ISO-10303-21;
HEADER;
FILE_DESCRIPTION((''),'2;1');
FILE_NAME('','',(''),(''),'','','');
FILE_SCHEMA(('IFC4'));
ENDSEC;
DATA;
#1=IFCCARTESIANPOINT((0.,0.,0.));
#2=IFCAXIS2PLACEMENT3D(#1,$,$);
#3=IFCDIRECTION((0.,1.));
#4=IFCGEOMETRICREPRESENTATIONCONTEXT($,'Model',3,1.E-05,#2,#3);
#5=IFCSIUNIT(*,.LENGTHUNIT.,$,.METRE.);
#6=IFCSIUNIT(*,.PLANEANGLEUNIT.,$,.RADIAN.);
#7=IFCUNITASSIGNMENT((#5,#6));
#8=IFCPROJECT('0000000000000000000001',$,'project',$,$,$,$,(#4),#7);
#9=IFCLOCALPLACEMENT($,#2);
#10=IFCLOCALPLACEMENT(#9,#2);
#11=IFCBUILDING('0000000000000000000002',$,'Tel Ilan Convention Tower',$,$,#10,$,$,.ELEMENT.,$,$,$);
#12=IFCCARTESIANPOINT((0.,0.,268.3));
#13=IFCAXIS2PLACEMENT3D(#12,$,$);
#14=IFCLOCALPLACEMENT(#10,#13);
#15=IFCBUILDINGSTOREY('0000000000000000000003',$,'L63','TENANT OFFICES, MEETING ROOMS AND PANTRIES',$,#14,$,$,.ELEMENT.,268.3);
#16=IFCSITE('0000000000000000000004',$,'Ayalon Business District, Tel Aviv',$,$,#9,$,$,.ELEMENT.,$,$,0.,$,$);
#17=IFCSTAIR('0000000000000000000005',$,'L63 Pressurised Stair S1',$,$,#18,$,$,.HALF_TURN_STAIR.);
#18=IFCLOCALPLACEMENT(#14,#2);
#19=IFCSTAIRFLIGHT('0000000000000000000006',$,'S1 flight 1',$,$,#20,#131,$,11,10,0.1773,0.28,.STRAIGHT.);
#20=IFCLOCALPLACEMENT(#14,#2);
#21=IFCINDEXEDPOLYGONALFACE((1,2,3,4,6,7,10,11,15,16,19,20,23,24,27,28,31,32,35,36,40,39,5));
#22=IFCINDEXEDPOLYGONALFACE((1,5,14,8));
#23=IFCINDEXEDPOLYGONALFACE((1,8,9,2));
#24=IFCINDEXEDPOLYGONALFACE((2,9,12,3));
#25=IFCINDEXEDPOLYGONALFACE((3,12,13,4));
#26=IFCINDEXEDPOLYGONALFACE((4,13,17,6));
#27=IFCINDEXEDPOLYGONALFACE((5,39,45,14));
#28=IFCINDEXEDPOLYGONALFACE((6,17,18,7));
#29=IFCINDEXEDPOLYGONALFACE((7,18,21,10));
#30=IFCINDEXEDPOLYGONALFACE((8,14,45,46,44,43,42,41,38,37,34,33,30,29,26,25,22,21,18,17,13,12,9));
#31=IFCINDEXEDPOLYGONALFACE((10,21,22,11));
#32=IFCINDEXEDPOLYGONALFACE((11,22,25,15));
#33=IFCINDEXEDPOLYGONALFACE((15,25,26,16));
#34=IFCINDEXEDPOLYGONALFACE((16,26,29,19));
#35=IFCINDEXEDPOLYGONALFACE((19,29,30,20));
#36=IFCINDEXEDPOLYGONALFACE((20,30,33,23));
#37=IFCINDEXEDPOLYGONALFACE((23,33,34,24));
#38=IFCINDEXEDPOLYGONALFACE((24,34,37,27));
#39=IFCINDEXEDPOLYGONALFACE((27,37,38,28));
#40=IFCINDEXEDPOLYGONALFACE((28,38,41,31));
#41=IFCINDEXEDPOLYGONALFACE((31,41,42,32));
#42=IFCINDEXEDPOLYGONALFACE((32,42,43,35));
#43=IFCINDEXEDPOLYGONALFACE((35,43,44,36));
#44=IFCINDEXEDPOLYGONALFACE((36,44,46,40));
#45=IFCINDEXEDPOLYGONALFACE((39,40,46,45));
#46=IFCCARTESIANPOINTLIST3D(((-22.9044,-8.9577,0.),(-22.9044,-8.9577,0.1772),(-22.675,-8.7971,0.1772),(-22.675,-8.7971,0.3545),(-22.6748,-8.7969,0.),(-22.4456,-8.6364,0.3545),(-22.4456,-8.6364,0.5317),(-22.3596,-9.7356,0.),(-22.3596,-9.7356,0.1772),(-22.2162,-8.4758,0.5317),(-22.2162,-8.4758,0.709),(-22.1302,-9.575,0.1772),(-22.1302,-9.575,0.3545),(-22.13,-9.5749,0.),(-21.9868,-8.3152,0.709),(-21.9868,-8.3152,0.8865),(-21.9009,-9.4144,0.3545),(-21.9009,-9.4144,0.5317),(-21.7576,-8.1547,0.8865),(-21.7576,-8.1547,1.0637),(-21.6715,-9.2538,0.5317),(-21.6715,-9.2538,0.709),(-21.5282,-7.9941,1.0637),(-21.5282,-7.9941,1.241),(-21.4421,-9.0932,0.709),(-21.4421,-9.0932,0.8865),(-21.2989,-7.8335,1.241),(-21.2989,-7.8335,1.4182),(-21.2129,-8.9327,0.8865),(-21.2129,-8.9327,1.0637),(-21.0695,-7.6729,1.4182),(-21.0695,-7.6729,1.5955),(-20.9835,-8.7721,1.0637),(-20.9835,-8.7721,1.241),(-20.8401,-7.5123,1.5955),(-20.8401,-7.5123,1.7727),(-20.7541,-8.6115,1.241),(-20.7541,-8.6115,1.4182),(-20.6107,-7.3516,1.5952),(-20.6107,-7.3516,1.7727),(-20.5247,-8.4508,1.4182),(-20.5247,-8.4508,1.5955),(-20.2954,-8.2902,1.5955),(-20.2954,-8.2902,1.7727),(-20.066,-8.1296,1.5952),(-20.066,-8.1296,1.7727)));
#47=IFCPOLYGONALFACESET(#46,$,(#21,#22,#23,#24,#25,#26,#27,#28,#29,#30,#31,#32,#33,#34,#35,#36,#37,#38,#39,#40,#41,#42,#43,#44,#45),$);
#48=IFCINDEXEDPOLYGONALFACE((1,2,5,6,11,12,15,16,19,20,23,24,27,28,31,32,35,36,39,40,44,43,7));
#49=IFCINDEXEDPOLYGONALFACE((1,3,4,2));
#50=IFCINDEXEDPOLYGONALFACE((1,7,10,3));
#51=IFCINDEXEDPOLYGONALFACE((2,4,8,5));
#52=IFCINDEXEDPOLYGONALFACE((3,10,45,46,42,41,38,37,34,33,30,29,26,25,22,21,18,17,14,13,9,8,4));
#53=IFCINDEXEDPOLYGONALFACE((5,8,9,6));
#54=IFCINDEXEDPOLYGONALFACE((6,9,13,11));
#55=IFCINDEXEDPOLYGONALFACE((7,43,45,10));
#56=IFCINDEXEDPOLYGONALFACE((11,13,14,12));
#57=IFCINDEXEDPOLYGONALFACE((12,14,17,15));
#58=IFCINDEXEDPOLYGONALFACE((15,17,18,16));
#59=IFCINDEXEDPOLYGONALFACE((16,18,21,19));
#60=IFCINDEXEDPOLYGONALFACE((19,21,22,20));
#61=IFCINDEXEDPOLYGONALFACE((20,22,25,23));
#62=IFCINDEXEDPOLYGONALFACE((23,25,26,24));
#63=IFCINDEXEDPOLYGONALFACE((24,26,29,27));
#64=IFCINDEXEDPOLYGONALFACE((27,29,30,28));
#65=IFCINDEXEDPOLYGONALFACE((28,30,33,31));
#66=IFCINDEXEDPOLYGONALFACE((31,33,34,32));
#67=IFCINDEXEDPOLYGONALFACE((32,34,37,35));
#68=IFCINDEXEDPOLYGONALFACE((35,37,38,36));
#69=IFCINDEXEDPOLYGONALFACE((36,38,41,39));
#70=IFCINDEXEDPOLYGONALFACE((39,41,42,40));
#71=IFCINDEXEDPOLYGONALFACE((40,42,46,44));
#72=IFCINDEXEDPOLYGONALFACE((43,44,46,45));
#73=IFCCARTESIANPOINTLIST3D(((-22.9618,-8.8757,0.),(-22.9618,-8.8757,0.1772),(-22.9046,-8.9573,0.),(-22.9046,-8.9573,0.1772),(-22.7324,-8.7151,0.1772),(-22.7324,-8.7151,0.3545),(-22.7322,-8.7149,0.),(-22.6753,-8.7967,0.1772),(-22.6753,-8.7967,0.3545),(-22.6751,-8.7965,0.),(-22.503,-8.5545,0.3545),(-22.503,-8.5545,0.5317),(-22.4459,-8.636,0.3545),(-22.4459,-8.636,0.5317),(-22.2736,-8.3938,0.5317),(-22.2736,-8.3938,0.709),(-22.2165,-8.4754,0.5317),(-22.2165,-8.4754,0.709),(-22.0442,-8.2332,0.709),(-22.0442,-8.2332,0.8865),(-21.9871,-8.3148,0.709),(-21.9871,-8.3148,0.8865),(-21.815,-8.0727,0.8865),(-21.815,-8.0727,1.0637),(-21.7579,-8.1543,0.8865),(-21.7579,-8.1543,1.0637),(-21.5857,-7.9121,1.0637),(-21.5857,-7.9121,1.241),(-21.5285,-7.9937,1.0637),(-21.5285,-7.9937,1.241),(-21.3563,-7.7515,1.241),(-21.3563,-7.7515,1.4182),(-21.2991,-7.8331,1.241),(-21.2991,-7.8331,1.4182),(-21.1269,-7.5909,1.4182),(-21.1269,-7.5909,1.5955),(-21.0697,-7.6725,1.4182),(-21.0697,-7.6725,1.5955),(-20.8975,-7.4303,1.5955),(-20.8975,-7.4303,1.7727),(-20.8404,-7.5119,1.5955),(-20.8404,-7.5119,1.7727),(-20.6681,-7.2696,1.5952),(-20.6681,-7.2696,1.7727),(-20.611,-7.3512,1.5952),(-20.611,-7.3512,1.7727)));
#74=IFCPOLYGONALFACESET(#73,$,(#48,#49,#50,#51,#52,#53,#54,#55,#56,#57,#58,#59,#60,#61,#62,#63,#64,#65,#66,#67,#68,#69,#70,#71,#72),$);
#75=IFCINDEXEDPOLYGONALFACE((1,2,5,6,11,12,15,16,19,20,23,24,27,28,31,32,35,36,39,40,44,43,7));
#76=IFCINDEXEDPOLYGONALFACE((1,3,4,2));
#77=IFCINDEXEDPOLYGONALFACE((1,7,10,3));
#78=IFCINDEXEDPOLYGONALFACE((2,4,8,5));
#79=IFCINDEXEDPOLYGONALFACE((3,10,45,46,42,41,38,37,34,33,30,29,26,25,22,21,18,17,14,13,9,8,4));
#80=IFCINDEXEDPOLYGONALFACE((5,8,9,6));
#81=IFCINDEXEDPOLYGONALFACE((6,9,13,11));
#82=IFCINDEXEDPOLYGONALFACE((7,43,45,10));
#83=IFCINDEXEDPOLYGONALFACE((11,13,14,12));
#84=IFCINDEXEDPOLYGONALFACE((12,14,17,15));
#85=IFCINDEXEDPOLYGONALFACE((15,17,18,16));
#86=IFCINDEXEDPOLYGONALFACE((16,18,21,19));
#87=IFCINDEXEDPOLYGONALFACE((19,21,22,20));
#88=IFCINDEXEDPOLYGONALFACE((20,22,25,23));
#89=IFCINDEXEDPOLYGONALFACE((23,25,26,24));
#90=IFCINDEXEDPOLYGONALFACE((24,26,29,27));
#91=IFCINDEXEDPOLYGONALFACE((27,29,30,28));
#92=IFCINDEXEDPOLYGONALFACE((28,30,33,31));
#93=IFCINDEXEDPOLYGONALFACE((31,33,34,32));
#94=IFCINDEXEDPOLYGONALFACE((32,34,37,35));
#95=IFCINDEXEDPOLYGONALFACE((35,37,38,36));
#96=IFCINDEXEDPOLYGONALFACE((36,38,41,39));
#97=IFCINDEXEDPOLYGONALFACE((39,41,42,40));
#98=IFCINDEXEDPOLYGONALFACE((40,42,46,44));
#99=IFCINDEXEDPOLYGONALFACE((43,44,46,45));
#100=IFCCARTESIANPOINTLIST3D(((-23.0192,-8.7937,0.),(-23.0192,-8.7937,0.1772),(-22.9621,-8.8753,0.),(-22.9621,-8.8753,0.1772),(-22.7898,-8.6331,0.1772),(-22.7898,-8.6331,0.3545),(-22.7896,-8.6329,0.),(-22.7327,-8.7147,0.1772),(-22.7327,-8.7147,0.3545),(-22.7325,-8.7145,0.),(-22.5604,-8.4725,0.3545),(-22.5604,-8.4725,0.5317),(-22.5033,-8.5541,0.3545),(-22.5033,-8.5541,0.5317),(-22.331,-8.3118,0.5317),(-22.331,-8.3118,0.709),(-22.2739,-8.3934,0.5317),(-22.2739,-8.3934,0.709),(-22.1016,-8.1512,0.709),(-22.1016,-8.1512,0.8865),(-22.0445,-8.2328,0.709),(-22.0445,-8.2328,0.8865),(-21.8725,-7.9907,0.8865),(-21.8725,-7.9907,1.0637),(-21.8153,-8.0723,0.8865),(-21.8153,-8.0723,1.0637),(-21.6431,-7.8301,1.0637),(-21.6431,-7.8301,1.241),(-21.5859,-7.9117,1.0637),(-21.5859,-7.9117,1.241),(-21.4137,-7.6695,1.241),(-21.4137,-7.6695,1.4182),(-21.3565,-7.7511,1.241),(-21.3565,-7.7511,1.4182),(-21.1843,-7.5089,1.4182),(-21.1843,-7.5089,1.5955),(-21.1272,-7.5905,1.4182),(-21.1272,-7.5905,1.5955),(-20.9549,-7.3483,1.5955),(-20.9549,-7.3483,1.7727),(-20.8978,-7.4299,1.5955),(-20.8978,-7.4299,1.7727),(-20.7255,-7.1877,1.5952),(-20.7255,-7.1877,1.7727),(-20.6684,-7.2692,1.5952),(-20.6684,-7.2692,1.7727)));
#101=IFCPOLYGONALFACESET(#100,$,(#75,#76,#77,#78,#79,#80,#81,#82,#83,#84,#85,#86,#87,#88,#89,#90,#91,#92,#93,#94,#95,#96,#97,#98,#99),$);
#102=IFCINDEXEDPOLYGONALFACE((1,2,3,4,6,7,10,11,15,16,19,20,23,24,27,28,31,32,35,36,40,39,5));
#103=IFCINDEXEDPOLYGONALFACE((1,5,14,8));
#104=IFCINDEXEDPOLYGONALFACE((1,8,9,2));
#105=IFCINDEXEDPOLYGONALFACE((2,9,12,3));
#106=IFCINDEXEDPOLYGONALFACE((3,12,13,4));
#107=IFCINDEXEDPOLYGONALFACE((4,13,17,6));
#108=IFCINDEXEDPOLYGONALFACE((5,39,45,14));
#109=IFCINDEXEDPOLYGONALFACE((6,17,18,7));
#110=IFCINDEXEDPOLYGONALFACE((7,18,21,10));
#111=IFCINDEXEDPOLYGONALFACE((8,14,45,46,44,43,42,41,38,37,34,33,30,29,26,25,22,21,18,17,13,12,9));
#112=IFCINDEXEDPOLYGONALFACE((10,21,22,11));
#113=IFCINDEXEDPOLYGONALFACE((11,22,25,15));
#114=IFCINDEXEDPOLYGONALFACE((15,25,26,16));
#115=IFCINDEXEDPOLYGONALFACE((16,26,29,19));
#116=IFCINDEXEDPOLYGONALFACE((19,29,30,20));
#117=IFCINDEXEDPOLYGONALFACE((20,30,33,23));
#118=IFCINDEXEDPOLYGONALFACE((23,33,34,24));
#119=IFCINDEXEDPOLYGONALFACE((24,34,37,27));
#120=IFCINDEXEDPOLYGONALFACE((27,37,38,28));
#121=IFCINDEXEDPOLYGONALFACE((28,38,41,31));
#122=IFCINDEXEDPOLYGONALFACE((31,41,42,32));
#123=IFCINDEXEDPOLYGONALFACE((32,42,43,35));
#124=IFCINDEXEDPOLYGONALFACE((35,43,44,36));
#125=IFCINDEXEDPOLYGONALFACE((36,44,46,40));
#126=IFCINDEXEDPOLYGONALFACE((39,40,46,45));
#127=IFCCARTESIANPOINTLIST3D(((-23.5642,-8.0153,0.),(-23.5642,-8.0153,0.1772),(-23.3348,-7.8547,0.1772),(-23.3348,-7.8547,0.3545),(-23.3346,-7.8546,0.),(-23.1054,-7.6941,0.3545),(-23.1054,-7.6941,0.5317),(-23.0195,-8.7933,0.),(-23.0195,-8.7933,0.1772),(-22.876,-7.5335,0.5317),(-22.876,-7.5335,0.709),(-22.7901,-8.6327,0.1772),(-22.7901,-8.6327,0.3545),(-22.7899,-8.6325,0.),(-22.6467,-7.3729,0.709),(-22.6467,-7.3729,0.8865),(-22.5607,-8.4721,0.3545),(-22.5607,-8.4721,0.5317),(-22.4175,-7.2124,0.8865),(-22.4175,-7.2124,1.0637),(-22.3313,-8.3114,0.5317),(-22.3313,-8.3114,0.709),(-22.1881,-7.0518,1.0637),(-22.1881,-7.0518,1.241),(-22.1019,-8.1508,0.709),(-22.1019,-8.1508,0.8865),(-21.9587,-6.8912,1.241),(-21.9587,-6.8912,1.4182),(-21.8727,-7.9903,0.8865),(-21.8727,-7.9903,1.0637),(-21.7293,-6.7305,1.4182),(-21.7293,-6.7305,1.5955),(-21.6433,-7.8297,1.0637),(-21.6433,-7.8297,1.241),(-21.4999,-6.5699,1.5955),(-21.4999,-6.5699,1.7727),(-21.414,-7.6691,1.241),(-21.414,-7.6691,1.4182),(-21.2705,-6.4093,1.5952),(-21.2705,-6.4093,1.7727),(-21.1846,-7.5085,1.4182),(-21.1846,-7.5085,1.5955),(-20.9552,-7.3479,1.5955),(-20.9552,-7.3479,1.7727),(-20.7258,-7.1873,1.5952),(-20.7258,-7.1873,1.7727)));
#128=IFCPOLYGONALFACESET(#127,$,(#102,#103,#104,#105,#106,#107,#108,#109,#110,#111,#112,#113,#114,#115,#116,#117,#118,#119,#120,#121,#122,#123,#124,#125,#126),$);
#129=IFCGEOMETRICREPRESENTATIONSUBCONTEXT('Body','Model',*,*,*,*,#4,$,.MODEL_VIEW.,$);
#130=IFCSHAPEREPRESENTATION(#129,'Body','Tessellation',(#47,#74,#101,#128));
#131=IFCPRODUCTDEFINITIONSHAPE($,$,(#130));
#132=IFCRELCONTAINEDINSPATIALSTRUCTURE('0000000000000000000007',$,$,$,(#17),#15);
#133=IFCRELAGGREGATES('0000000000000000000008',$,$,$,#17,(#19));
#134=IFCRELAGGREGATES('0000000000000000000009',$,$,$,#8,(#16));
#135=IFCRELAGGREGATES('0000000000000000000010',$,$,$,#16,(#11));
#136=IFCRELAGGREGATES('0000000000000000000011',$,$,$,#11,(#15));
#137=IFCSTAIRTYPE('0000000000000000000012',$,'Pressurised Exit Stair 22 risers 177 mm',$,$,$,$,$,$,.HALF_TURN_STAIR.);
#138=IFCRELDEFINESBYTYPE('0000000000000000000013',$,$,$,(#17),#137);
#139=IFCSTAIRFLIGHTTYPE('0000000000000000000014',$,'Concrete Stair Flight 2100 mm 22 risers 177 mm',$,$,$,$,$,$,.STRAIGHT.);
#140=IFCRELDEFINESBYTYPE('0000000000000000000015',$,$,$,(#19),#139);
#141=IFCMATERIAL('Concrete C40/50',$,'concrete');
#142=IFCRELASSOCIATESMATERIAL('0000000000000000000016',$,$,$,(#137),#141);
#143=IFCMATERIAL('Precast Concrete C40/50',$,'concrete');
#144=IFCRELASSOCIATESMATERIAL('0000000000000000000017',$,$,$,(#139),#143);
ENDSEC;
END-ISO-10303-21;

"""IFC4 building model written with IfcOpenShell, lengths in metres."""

from ifc_helpers import new_model, si_unit, direction, frame, origin, place, context, subcontext, project, spatial, polyline, outline, extrude, material, type_object, element, aggregate, save


model = new_model("IFC4")

# Units and contexts
model_context = context("Model", 3, precision=1e-05, world=origin(), true_north=direction((0.0, 1.0)))
body_context = subcontext(model_context, "Body", "Model", "MODEL_VIEW")
ifc_project = project(units=[si_unit("LENGTHUNIT", "METRE"), si_unit("PLANEANGLEUNIT", "RADIAN")], contexts=[model_context])

# Site, building, storey
site_placement = place(None, origin())
site = spatial("IfcSite", under=ifc_project, at=site_placement, Name="Ayalon Business District, Tel Aviv", CompositionType="ELEMENT", RefElevation=0.0)
building_placement = place(site_placement, origin())
building = spatial("IfcBuilding", under=site, at=building_placement, Name="Tel Ilan Convention Tower", CompositionType="ELEMENT")
storey_placement = place(building_placement, frame((0.0, 0.0, 268.3)))
storey = spatial("IfcBuildingStorey", under=building, at=storey_placement, Name="L63", Description="TENANT OFFICES, MEETING ROOMS AND PANTRIES", CompositionType="ELEMENT", Elevation=268.3)

# Stair, stair flight
ifc_material_1 = material(Name="Concrete C40/50", Category="concrete")
stair_type = type_object("IfcStairType", Name="Pressurised Exit Stair 22 risers 177 mm", PredefinedType="HALF_TURN_STAIR", material=ifc_material_1)
stair_1_placement = place(storey_placement, origin())
stair_1 = element("IfcStair", 1, at=stair_1_placement, inside=storey, type_object=stair_type, Name="L63 Pressurised Stair S1", PredefinedType="HALF_TURN_STAIR")
ifc_material_2 = material(Name="Precast Concrete C40/50", Category="concrete")
stair_flight_type = type_object("IfcStairFlightType", Name="Concrete Stair Flight 2100 mm 22 risers 177 mm", PredefinedType="STRAIGHT", material=ifc_material_2)
stair_flight_1_placement = place(storey_placement, frame((-22.9619, -8.8755, 0.0), z_axis=(0.0, 0.0, 1.0), x_axis=(0.819152, 0.573576, 0.0)))
stair_flight_1 = element("IfcStairFlight", 2, at=stair_flight_1_placement, type_object=stair_flight_type, Name="S1 flight 1", NumberOfRisers=11, NumberOfTreads=10, PredefinedType="STRAIGHT", RiserHeight=0.1773, TreadLength=0.28, context=body_context, shape_type="SweptSolid", body=[
    extrude(outline(polyline([(0.0, 0.0), (0.0, 0.1772), (0.28, 0.1772), (0.28, 0.3545), (0.5601, 0.3545), (0.5601, 0.5317), (0.8401, 0.5317), (0.8401, 0.709), (1.1201, 0.709), (1.1201, 0.8865), (1.3999, 0.8865), (1.3999, 1.0637), (1.6799, 1.0637), (1.6799, 1.241), (1.96, 1.241), (1.96, 1.4182), (2.24, 1.4182), (2.24, 1.5955), (2.52, 1.5955), (2.52, 1.7727), (2.8, 1.7727), (2.8, 1.95), (2.8, 1.5952), (0.2803, 0.0), (0.0, 0.0)])), frame((0.0, -0.1003, 0.0), z_axis=(0.0, -1.0, 0.0), x_axis=(1.0, 0.0, 0.0)), (0.0, 0.0, 1.0), 0.9497),
    extrude(outline(polyline([(0.0, 0.0), (0.0, 0.1772), (0.28, 0.1772), (0.28, 0.3545), (0.5601, 0.3545), (0.5601, 0.5317), (0.8401, 0.5317), (0.8401, 0.709), (1.1201, 0.709), (1.1201, 0.8865), (1.3999, 0.8865), (1.3999, 1.0637), (1.6799, 1.0637), (1.6799, 1.241), (1.96, 1.241), (1.96, 1.4182), (2.24, 1.4182), (2.24, 1.5955), (2.52, 1.5955), (2.52, 1.7727), (2.8, 1.7727), (2.8, 1.95), (2.8, 1.5952), (0.2803, 0.0), (0.0, 0.0)])), frame((0.0, -0.0002, 0.0), z_axis=(0.0, -1.0, 0.0), x_axis=(1.0, 0.0, 0.0)), (0.0, 0.0, 1.0), 0.0996),
    extrude(outline(polyline([(0.0, 0.0), (0.0, 0.1772), (0.28, 0.1772), (0.28, 0.3545), (0.5601, 0.3545), (0.5601, 0.5317), (0.8401, 0.5317), (0.8401, 0.709), (1.1201, 0.709), (1.1201, 0.8865), (1.3999, 0.8865), (1.3999, 1.0637), (1.6799, 1.0637), (1.6799, 1.241), (1.96, 1.241), (1.96, 1.4182), (2.24, 1.4182), (2.24, 1.5955), (2.52, 1.5955), (2.52, 1.7727), (2.8, 1.7727), (2.8, 1.95), (2.8, 1.5952), (0.2803, 0.0), (0.0, 0.0)])), frame((0.0, 0.0999, 0.0), z_axis=(0.0, -1.0, 0.0), x_axis=(1.0, 0.0, 0.0)), (0.0, 0.0, 1.0), 0.0996),
    extrude(outline(polyline([(0.0, 0.0), (0.0, 0.1772), (0.28, 0.1772), (0.28, 0.3545), (0.5601, 0.3545), (0.5601, 0.5317), (0.8401, 0.5317), (0.8401, 0.709), (1.1201, 0.709), (1.1201, 0.8865), (1.3999, 0.8865), (1.3999, 1.0637), (1.6799, 1.0637), (1.6799, 1.241), (1.96, 1.241), (1.96, 1.4182), (2.24, 1.4182), (2.24, 1.5955), (2.52, 1.5955), (2.52, 1.7727), (2.8, 1.7727), (2.8, 1.95), (2.8, 1.5952), (0.2803, 0.0), (0.0, 0.0)])), frame((0.0, 1.05, 0.0), z_axis=(0.0, -1.0, 0.0), x_axis=(1.0, 0.0, 0.0)), (0.0, 0.0, 1.0), 0.9497),
])
aggregate(stair_1, [stair_flight_1])

save(model, "model.ifc")
